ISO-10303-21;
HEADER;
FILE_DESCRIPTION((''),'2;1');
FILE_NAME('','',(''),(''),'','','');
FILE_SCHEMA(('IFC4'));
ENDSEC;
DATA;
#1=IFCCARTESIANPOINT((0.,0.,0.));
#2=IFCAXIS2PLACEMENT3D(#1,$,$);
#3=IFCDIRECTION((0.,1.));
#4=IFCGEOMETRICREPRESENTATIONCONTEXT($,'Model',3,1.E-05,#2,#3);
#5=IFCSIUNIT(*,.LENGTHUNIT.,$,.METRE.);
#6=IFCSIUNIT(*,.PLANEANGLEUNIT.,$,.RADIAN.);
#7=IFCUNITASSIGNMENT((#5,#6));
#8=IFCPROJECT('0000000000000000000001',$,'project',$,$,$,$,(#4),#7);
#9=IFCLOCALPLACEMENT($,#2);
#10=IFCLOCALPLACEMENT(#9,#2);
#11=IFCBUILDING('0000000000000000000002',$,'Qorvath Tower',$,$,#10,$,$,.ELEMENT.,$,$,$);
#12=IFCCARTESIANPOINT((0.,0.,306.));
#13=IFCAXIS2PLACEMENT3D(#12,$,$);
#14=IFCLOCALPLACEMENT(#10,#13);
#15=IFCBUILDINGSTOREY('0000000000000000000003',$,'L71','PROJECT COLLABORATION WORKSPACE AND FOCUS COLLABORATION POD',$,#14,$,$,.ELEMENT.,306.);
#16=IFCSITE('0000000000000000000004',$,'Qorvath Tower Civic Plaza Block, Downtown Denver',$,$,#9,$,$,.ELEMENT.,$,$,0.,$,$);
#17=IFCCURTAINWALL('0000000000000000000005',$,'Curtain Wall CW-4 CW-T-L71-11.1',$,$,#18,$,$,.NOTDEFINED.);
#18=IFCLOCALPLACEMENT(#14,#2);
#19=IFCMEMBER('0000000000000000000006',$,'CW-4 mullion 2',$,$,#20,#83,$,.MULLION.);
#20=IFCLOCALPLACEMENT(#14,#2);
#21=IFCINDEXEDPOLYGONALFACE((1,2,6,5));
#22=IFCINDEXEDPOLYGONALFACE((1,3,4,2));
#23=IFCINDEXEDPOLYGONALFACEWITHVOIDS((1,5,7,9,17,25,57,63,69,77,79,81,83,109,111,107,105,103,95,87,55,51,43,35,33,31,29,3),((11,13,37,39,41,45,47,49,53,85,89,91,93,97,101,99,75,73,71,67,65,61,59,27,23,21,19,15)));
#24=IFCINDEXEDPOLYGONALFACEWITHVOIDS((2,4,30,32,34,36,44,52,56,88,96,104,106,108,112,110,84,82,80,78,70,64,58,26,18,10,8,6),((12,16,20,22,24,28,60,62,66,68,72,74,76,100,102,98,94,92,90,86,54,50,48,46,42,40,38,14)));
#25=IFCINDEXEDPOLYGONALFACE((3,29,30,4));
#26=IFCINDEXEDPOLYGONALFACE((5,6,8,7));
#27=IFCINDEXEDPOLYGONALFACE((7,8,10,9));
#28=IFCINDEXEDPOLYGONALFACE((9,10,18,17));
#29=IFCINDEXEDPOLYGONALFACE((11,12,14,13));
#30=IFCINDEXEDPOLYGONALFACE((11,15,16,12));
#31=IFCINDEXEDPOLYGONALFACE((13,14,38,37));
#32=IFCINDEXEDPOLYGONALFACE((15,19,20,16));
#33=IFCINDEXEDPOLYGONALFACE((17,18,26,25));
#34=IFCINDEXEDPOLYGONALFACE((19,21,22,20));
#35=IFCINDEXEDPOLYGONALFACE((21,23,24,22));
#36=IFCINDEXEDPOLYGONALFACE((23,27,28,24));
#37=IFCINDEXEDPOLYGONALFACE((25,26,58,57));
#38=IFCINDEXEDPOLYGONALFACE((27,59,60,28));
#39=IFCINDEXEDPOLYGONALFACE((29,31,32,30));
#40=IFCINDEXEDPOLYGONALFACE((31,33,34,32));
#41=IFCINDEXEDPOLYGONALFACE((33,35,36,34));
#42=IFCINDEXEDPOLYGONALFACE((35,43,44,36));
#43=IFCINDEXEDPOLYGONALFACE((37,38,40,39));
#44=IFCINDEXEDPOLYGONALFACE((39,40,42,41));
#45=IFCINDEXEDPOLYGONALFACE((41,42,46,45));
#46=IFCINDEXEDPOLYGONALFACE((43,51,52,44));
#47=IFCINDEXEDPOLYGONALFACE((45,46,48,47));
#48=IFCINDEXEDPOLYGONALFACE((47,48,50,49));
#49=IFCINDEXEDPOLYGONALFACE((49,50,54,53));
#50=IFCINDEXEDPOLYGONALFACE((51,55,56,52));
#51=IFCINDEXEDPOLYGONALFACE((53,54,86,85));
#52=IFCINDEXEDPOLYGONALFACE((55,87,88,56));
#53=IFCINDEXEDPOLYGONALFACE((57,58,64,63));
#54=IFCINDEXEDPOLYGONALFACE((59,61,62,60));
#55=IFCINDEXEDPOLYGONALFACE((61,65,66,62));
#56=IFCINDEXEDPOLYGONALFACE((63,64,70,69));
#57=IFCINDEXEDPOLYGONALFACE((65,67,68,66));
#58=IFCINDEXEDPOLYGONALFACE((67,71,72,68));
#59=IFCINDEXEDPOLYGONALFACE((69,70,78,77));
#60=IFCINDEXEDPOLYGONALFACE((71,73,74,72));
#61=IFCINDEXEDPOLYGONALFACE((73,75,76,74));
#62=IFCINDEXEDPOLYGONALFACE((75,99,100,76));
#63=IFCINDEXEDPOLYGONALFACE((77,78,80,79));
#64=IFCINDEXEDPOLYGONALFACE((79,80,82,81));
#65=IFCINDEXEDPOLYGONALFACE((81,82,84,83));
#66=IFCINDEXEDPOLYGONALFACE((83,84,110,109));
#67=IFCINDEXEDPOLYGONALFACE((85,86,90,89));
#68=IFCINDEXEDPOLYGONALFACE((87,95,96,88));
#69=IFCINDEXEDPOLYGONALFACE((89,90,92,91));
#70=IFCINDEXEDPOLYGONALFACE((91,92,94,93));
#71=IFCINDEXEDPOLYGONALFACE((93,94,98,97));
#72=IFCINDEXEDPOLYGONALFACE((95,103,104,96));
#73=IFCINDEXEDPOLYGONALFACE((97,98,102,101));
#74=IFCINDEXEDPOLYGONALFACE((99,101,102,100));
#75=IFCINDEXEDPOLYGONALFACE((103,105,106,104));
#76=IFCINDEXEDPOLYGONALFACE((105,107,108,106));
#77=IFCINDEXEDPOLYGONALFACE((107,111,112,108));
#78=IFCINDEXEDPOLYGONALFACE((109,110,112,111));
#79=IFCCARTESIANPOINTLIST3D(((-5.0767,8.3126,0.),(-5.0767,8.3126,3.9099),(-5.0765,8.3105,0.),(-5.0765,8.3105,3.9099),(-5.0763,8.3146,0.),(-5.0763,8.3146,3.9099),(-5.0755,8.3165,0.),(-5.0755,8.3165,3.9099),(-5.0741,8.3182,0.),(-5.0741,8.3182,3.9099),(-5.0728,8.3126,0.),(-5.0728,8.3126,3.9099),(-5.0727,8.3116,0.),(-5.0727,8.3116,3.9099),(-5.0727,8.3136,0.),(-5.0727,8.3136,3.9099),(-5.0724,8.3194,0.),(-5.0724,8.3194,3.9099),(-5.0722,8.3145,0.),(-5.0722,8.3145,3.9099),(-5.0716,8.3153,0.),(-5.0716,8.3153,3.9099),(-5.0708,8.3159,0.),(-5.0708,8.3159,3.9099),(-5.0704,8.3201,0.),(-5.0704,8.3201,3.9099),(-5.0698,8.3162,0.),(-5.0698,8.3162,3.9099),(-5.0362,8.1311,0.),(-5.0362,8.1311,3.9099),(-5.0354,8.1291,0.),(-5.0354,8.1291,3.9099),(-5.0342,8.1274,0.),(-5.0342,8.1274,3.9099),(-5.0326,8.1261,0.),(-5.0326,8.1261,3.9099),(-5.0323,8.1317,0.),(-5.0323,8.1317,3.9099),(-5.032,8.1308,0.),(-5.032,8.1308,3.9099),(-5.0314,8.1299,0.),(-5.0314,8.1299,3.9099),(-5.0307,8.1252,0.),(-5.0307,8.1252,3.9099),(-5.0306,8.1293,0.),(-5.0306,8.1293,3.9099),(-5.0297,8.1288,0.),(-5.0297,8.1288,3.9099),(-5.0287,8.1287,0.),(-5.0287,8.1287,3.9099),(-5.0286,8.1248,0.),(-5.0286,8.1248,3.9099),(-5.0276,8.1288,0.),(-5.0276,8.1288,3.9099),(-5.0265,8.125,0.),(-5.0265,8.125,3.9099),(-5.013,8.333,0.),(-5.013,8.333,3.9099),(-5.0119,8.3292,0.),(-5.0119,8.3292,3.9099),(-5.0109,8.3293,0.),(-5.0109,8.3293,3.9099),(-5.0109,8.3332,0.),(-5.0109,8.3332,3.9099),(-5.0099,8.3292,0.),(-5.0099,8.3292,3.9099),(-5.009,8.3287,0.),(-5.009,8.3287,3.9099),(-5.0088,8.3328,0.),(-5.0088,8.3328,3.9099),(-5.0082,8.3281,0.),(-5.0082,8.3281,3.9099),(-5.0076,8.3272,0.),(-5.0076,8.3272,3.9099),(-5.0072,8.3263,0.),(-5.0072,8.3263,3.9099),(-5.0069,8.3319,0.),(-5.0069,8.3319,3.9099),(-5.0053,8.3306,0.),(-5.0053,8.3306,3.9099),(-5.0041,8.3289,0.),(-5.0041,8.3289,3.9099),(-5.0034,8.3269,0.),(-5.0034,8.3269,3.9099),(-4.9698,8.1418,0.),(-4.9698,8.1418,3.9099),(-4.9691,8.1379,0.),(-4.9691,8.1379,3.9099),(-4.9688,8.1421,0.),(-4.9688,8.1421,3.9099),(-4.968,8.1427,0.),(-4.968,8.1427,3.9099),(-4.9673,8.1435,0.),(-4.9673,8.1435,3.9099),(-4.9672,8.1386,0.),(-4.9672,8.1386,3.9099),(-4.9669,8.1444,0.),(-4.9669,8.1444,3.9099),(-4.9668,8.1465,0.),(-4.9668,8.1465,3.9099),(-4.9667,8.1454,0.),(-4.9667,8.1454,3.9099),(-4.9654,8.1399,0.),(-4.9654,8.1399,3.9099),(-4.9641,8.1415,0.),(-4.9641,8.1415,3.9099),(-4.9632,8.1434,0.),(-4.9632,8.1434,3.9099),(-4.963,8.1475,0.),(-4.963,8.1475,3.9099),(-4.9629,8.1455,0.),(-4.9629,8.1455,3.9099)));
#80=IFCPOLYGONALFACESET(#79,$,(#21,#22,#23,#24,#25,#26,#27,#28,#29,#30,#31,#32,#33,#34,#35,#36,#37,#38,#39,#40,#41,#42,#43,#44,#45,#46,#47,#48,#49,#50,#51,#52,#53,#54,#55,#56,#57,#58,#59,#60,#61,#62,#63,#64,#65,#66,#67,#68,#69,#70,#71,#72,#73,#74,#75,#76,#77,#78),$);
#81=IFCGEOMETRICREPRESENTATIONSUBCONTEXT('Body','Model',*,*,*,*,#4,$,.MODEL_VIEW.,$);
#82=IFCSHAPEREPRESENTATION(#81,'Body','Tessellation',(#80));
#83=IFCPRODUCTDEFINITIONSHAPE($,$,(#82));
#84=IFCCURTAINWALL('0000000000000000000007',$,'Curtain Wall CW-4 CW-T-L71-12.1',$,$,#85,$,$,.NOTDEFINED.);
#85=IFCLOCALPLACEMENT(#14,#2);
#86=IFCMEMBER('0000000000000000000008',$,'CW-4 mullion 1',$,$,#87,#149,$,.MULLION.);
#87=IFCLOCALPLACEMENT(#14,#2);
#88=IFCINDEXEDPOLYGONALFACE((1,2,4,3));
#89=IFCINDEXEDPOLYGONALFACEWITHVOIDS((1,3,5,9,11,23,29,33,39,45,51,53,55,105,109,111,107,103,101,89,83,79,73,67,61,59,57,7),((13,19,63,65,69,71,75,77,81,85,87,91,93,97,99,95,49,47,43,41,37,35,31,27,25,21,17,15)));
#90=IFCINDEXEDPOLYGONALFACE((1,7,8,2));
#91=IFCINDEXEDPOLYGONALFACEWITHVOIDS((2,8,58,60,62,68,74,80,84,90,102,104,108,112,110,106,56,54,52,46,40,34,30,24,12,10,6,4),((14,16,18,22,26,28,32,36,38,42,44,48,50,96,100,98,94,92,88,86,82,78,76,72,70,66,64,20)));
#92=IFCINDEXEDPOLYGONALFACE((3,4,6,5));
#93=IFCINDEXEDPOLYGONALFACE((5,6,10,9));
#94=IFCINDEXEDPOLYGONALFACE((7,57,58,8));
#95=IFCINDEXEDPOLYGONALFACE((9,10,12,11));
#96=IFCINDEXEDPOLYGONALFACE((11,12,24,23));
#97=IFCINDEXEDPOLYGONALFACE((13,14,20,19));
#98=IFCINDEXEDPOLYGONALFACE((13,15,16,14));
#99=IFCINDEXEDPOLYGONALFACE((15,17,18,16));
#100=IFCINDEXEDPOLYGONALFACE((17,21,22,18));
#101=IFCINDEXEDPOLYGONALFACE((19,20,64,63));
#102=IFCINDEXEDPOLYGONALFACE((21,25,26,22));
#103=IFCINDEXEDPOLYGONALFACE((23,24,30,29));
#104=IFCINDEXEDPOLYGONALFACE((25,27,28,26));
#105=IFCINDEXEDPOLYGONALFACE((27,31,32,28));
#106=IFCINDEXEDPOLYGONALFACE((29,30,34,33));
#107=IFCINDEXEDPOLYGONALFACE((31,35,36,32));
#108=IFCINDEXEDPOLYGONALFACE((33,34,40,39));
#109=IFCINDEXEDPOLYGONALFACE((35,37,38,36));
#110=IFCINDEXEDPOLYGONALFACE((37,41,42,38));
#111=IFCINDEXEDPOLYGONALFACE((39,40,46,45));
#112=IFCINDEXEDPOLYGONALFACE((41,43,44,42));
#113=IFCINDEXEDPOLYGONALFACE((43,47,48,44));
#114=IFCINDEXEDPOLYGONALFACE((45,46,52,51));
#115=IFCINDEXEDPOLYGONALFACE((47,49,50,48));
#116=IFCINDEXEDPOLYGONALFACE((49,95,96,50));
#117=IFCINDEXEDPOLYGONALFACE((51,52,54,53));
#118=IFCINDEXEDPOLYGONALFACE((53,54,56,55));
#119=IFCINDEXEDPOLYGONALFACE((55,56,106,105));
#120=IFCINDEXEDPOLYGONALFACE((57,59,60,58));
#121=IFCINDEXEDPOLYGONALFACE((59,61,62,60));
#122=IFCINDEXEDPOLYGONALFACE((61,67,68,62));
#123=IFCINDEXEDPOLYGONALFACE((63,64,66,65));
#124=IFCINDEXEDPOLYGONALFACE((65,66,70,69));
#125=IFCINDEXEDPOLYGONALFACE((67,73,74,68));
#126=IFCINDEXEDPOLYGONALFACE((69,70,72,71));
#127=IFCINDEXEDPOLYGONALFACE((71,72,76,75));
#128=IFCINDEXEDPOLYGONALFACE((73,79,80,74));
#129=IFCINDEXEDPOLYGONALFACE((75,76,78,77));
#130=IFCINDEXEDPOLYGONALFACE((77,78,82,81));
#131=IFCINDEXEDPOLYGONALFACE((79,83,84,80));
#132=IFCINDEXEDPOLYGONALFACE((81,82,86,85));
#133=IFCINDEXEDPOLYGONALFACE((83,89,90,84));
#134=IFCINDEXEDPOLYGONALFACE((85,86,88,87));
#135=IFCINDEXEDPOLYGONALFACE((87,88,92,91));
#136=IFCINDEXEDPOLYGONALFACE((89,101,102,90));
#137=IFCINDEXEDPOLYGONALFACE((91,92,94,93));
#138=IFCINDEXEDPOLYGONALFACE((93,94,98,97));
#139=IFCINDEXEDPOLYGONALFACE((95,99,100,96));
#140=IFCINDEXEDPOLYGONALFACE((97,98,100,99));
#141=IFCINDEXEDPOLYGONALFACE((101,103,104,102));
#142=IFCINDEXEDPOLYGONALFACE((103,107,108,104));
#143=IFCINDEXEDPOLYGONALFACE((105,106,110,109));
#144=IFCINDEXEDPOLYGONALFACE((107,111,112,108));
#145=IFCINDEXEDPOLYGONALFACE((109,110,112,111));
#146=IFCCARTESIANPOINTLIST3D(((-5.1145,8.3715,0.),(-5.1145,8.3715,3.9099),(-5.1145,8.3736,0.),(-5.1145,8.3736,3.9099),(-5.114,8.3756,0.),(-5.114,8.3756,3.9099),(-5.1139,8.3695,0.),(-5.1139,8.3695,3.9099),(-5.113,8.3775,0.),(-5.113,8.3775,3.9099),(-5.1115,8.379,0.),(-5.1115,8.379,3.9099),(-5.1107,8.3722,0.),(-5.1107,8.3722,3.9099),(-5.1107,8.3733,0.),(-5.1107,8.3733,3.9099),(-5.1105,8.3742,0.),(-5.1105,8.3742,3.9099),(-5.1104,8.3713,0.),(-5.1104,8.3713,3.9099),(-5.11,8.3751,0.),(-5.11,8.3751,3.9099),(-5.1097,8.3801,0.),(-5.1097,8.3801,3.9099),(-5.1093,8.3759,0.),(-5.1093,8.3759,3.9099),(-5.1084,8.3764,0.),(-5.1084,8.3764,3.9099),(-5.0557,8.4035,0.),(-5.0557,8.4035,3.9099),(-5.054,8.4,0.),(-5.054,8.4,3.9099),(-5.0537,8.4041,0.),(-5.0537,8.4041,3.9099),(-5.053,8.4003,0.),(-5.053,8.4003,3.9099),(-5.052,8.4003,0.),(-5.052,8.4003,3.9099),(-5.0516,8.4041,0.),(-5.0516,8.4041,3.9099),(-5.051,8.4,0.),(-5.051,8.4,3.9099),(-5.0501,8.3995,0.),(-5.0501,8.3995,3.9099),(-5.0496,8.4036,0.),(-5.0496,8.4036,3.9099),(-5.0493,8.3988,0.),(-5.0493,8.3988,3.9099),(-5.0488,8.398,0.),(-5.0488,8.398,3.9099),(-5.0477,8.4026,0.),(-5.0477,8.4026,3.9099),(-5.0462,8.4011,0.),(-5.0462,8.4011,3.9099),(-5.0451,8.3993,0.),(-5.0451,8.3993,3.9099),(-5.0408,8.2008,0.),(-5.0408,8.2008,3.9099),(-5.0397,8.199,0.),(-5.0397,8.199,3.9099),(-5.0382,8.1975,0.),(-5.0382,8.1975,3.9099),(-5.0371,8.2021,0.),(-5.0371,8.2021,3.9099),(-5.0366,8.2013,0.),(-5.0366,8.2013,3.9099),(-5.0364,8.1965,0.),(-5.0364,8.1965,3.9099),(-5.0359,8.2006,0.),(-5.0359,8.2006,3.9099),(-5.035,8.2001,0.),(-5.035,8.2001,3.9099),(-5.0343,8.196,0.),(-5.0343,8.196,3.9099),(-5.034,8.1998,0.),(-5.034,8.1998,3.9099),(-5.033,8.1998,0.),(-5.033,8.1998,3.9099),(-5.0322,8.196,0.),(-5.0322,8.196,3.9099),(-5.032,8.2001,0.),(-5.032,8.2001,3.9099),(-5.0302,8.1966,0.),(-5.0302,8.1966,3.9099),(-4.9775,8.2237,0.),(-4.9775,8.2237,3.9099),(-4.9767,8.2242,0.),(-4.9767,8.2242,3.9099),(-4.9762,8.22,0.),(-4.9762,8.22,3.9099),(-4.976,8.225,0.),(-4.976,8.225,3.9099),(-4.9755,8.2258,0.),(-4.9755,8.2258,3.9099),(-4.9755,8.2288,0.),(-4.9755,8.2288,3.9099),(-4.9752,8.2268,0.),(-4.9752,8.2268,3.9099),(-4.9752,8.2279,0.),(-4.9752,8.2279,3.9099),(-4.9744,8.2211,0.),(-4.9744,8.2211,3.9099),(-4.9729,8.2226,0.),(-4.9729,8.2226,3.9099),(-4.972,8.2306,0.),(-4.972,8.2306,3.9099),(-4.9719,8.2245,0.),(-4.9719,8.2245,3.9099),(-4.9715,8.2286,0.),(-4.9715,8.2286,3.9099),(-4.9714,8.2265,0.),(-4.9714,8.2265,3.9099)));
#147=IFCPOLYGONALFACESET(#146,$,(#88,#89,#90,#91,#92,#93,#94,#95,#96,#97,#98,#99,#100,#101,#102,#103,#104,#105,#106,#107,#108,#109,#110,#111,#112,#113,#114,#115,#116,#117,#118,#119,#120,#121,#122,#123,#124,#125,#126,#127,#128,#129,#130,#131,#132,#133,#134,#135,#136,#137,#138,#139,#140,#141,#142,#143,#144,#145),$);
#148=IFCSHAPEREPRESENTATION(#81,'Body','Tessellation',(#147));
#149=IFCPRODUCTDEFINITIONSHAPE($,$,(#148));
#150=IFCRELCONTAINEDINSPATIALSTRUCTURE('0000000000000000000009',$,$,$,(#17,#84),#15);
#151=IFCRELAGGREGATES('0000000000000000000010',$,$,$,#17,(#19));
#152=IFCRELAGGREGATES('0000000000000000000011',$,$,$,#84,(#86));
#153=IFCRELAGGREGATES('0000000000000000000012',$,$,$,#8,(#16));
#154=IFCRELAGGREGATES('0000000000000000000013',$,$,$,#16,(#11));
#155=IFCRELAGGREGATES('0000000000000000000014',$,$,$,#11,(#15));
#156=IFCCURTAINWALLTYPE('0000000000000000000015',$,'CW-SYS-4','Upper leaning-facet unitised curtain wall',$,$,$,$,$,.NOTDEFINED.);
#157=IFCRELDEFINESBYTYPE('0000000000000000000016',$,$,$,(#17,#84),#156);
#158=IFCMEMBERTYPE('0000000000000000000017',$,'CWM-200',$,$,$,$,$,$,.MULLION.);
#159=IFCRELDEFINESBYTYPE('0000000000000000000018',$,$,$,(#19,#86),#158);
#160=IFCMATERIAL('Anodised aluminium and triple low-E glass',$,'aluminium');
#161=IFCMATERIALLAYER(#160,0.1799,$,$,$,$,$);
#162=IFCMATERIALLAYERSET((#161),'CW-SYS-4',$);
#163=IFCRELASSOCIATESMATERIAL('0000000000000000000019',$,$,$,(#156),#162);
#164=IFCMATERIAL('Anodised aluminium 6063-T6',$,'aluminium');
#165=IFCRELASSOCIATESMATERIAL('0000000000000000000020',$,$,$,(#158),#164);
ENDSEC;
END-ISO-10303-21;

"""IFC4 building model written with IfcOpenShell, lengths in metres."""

from ifc_helpers import new_model, si_unit, direction, frame, origin, origin_2d, place, context, subcontext, project, spatial, hollow_rectangle, extrude, material, layer, layer_set, material_profile, profile_set, type_object, element, aggregate, save


model = new_model("IFC4")

# Units and contexts
model_context = context("Model", 3, precision=1e-05, world=origin(), true_north=direction((0.0, 1.0)))
body_context = subcontext(model_context, "Body", "Model", "MODEL_VIEW")
ifc_project = project(units=[si_unit("LENGTHUNIT", "METRE"), si_unit("PLANEANGLEUNIT", "RADIAN")], contexts=[model_context])

# Site, building, storey
site_placement = place(None, origin())
site = spatial("IfcSite", under=ifc_project, at=site_placement, Name="Qorvath Tower Civic Plaza Block, Downtown Denver", CompositionType="ELEMENT", RefElevation=0.0)
building_placement = place(site_placement, origin())
building = spatial("IfcBuilding", under=site, at=building_placement, Name="Qorvath Tower", CompositionType="ELEMENT")
storey_placement = place(building_placement, frame((0.0, 0.0, 306.0)))
storey = spatial("IfcBuildingStorey", under=building, at=storey_placement, Name="L71", Description="PROJECT COLLABORATION WORKSPACE AND FOCUS COLLABORATION POD", CompositionType="ELEMENT", Elevation=306.0)

# Curtain walls, members
ifc_material_1 = material(Name="Anodised aluminium and triple low-E glass", Category="aluminium")
ifc_layer_1 = layer(ifc_material_1, 0.1799)
ifc_layer_set_1 = layer_set([ifc_layer_1], Name="CW-SYS-4")
curtain_wall_type = type_object("IfcCurtainWallType", Name="CW-SYS-4", Description="Upper leaning-facet unitised curtain wall", PredefinedType="NOTDEFINED", material=ifc_layer_set_1)
curtain_wall_1_placement = place(storey_placement, origin())
curtain_wall_1 = element("IfcCurtainWall", 1, at=curtain_wall_1_placement, inside=storey, type_object=curtain_wall_type, Name="Curtain Wall CW-4 CW-T-L71-11.1", PredefinedType="NOTDEFINED")
ifc_material_2 = material(Name="Anodised aluminium 6063-T6", Category="aluminium")
ifc_material_profile_1 = material_profile(ifc_material_2, hollow_rectangle(XDim=0.075, YDim=0.2, WallThickness=0.0039, InnerFilletRadius=0.0039, OuterFilletRadius=0.0081, at=origin_2d()), Name="CWM 200x75")
ifc_profile_set_1 = profile_set([ifc_material_profile_1], Name="Anodised aluminium 6063-T6")
member_type_1 = type_object("IfcMemberType", Name="CWM-200", PredefinedType="MULLION", material=ifc_profile_set_1)
member_1_placement = place(storey_placement, frame((-5.0198, 8.229, 0.0), z_axis=(0.0, 0.0, 1.0), x_axis=(-0.975634, -0.219402, 0.0)))
member_1 = element("IfcMember", 2, at=member_1_placement, type_object=member_type_1, Name="CW-4 mullion 2", PredefinedType="MULLION", context=body_context, shape_type="SweptSolid", body=[
    extrude(hollow_rectangle(XDim=0.075, YDim=0.2, WallThickness=0.0039, InnerFilletRadius=0.0039, OuterFilletRadius=0.0081, at=origin_2d()), origin(), (0.0, 0.0, 1.0), 3.9099),
])
curtain_wall_2_placement = place(storey_placement, origin())
curtain_wall_2 = element("IfcCurtainWall", 3, at=curtain_wall_2_placement, inside=storey, type_object=curtain_wall_type, Name="Curtain Wall CW-4 CW-T-L71-12.1", PredefinedType="NOTDEFINED")
member_2_placement = place(storey_placement, frame((-5.043, 8.3, 0.0), z_axis=(0.0, 0.0, 1.0), x_axis=(-0.917513, -0.397707, 0.0)))
member_2 = element("IfcMember", 4, at=member_2_placement, type_object=member_type_1, Name="CW-4 mullion 1", PredefinedType="MULLION", context=body_context, shape_type="SweptSolid", body=[
    extrude(hollow_rectangle(XDim=0.075, YDim=0.2, WallThickness=0.0039, InnerFilletRadius=0.0039, OuterFilletRadius=0.0081, at=origin_2d()), origin(), (0.0, 0.0, 1.0), 3.9099),
])

aggregate(curtain_wall_1, [member_1])
aggregate(curtain_wall_2, [member_2])

save(model, "model.ifc")
